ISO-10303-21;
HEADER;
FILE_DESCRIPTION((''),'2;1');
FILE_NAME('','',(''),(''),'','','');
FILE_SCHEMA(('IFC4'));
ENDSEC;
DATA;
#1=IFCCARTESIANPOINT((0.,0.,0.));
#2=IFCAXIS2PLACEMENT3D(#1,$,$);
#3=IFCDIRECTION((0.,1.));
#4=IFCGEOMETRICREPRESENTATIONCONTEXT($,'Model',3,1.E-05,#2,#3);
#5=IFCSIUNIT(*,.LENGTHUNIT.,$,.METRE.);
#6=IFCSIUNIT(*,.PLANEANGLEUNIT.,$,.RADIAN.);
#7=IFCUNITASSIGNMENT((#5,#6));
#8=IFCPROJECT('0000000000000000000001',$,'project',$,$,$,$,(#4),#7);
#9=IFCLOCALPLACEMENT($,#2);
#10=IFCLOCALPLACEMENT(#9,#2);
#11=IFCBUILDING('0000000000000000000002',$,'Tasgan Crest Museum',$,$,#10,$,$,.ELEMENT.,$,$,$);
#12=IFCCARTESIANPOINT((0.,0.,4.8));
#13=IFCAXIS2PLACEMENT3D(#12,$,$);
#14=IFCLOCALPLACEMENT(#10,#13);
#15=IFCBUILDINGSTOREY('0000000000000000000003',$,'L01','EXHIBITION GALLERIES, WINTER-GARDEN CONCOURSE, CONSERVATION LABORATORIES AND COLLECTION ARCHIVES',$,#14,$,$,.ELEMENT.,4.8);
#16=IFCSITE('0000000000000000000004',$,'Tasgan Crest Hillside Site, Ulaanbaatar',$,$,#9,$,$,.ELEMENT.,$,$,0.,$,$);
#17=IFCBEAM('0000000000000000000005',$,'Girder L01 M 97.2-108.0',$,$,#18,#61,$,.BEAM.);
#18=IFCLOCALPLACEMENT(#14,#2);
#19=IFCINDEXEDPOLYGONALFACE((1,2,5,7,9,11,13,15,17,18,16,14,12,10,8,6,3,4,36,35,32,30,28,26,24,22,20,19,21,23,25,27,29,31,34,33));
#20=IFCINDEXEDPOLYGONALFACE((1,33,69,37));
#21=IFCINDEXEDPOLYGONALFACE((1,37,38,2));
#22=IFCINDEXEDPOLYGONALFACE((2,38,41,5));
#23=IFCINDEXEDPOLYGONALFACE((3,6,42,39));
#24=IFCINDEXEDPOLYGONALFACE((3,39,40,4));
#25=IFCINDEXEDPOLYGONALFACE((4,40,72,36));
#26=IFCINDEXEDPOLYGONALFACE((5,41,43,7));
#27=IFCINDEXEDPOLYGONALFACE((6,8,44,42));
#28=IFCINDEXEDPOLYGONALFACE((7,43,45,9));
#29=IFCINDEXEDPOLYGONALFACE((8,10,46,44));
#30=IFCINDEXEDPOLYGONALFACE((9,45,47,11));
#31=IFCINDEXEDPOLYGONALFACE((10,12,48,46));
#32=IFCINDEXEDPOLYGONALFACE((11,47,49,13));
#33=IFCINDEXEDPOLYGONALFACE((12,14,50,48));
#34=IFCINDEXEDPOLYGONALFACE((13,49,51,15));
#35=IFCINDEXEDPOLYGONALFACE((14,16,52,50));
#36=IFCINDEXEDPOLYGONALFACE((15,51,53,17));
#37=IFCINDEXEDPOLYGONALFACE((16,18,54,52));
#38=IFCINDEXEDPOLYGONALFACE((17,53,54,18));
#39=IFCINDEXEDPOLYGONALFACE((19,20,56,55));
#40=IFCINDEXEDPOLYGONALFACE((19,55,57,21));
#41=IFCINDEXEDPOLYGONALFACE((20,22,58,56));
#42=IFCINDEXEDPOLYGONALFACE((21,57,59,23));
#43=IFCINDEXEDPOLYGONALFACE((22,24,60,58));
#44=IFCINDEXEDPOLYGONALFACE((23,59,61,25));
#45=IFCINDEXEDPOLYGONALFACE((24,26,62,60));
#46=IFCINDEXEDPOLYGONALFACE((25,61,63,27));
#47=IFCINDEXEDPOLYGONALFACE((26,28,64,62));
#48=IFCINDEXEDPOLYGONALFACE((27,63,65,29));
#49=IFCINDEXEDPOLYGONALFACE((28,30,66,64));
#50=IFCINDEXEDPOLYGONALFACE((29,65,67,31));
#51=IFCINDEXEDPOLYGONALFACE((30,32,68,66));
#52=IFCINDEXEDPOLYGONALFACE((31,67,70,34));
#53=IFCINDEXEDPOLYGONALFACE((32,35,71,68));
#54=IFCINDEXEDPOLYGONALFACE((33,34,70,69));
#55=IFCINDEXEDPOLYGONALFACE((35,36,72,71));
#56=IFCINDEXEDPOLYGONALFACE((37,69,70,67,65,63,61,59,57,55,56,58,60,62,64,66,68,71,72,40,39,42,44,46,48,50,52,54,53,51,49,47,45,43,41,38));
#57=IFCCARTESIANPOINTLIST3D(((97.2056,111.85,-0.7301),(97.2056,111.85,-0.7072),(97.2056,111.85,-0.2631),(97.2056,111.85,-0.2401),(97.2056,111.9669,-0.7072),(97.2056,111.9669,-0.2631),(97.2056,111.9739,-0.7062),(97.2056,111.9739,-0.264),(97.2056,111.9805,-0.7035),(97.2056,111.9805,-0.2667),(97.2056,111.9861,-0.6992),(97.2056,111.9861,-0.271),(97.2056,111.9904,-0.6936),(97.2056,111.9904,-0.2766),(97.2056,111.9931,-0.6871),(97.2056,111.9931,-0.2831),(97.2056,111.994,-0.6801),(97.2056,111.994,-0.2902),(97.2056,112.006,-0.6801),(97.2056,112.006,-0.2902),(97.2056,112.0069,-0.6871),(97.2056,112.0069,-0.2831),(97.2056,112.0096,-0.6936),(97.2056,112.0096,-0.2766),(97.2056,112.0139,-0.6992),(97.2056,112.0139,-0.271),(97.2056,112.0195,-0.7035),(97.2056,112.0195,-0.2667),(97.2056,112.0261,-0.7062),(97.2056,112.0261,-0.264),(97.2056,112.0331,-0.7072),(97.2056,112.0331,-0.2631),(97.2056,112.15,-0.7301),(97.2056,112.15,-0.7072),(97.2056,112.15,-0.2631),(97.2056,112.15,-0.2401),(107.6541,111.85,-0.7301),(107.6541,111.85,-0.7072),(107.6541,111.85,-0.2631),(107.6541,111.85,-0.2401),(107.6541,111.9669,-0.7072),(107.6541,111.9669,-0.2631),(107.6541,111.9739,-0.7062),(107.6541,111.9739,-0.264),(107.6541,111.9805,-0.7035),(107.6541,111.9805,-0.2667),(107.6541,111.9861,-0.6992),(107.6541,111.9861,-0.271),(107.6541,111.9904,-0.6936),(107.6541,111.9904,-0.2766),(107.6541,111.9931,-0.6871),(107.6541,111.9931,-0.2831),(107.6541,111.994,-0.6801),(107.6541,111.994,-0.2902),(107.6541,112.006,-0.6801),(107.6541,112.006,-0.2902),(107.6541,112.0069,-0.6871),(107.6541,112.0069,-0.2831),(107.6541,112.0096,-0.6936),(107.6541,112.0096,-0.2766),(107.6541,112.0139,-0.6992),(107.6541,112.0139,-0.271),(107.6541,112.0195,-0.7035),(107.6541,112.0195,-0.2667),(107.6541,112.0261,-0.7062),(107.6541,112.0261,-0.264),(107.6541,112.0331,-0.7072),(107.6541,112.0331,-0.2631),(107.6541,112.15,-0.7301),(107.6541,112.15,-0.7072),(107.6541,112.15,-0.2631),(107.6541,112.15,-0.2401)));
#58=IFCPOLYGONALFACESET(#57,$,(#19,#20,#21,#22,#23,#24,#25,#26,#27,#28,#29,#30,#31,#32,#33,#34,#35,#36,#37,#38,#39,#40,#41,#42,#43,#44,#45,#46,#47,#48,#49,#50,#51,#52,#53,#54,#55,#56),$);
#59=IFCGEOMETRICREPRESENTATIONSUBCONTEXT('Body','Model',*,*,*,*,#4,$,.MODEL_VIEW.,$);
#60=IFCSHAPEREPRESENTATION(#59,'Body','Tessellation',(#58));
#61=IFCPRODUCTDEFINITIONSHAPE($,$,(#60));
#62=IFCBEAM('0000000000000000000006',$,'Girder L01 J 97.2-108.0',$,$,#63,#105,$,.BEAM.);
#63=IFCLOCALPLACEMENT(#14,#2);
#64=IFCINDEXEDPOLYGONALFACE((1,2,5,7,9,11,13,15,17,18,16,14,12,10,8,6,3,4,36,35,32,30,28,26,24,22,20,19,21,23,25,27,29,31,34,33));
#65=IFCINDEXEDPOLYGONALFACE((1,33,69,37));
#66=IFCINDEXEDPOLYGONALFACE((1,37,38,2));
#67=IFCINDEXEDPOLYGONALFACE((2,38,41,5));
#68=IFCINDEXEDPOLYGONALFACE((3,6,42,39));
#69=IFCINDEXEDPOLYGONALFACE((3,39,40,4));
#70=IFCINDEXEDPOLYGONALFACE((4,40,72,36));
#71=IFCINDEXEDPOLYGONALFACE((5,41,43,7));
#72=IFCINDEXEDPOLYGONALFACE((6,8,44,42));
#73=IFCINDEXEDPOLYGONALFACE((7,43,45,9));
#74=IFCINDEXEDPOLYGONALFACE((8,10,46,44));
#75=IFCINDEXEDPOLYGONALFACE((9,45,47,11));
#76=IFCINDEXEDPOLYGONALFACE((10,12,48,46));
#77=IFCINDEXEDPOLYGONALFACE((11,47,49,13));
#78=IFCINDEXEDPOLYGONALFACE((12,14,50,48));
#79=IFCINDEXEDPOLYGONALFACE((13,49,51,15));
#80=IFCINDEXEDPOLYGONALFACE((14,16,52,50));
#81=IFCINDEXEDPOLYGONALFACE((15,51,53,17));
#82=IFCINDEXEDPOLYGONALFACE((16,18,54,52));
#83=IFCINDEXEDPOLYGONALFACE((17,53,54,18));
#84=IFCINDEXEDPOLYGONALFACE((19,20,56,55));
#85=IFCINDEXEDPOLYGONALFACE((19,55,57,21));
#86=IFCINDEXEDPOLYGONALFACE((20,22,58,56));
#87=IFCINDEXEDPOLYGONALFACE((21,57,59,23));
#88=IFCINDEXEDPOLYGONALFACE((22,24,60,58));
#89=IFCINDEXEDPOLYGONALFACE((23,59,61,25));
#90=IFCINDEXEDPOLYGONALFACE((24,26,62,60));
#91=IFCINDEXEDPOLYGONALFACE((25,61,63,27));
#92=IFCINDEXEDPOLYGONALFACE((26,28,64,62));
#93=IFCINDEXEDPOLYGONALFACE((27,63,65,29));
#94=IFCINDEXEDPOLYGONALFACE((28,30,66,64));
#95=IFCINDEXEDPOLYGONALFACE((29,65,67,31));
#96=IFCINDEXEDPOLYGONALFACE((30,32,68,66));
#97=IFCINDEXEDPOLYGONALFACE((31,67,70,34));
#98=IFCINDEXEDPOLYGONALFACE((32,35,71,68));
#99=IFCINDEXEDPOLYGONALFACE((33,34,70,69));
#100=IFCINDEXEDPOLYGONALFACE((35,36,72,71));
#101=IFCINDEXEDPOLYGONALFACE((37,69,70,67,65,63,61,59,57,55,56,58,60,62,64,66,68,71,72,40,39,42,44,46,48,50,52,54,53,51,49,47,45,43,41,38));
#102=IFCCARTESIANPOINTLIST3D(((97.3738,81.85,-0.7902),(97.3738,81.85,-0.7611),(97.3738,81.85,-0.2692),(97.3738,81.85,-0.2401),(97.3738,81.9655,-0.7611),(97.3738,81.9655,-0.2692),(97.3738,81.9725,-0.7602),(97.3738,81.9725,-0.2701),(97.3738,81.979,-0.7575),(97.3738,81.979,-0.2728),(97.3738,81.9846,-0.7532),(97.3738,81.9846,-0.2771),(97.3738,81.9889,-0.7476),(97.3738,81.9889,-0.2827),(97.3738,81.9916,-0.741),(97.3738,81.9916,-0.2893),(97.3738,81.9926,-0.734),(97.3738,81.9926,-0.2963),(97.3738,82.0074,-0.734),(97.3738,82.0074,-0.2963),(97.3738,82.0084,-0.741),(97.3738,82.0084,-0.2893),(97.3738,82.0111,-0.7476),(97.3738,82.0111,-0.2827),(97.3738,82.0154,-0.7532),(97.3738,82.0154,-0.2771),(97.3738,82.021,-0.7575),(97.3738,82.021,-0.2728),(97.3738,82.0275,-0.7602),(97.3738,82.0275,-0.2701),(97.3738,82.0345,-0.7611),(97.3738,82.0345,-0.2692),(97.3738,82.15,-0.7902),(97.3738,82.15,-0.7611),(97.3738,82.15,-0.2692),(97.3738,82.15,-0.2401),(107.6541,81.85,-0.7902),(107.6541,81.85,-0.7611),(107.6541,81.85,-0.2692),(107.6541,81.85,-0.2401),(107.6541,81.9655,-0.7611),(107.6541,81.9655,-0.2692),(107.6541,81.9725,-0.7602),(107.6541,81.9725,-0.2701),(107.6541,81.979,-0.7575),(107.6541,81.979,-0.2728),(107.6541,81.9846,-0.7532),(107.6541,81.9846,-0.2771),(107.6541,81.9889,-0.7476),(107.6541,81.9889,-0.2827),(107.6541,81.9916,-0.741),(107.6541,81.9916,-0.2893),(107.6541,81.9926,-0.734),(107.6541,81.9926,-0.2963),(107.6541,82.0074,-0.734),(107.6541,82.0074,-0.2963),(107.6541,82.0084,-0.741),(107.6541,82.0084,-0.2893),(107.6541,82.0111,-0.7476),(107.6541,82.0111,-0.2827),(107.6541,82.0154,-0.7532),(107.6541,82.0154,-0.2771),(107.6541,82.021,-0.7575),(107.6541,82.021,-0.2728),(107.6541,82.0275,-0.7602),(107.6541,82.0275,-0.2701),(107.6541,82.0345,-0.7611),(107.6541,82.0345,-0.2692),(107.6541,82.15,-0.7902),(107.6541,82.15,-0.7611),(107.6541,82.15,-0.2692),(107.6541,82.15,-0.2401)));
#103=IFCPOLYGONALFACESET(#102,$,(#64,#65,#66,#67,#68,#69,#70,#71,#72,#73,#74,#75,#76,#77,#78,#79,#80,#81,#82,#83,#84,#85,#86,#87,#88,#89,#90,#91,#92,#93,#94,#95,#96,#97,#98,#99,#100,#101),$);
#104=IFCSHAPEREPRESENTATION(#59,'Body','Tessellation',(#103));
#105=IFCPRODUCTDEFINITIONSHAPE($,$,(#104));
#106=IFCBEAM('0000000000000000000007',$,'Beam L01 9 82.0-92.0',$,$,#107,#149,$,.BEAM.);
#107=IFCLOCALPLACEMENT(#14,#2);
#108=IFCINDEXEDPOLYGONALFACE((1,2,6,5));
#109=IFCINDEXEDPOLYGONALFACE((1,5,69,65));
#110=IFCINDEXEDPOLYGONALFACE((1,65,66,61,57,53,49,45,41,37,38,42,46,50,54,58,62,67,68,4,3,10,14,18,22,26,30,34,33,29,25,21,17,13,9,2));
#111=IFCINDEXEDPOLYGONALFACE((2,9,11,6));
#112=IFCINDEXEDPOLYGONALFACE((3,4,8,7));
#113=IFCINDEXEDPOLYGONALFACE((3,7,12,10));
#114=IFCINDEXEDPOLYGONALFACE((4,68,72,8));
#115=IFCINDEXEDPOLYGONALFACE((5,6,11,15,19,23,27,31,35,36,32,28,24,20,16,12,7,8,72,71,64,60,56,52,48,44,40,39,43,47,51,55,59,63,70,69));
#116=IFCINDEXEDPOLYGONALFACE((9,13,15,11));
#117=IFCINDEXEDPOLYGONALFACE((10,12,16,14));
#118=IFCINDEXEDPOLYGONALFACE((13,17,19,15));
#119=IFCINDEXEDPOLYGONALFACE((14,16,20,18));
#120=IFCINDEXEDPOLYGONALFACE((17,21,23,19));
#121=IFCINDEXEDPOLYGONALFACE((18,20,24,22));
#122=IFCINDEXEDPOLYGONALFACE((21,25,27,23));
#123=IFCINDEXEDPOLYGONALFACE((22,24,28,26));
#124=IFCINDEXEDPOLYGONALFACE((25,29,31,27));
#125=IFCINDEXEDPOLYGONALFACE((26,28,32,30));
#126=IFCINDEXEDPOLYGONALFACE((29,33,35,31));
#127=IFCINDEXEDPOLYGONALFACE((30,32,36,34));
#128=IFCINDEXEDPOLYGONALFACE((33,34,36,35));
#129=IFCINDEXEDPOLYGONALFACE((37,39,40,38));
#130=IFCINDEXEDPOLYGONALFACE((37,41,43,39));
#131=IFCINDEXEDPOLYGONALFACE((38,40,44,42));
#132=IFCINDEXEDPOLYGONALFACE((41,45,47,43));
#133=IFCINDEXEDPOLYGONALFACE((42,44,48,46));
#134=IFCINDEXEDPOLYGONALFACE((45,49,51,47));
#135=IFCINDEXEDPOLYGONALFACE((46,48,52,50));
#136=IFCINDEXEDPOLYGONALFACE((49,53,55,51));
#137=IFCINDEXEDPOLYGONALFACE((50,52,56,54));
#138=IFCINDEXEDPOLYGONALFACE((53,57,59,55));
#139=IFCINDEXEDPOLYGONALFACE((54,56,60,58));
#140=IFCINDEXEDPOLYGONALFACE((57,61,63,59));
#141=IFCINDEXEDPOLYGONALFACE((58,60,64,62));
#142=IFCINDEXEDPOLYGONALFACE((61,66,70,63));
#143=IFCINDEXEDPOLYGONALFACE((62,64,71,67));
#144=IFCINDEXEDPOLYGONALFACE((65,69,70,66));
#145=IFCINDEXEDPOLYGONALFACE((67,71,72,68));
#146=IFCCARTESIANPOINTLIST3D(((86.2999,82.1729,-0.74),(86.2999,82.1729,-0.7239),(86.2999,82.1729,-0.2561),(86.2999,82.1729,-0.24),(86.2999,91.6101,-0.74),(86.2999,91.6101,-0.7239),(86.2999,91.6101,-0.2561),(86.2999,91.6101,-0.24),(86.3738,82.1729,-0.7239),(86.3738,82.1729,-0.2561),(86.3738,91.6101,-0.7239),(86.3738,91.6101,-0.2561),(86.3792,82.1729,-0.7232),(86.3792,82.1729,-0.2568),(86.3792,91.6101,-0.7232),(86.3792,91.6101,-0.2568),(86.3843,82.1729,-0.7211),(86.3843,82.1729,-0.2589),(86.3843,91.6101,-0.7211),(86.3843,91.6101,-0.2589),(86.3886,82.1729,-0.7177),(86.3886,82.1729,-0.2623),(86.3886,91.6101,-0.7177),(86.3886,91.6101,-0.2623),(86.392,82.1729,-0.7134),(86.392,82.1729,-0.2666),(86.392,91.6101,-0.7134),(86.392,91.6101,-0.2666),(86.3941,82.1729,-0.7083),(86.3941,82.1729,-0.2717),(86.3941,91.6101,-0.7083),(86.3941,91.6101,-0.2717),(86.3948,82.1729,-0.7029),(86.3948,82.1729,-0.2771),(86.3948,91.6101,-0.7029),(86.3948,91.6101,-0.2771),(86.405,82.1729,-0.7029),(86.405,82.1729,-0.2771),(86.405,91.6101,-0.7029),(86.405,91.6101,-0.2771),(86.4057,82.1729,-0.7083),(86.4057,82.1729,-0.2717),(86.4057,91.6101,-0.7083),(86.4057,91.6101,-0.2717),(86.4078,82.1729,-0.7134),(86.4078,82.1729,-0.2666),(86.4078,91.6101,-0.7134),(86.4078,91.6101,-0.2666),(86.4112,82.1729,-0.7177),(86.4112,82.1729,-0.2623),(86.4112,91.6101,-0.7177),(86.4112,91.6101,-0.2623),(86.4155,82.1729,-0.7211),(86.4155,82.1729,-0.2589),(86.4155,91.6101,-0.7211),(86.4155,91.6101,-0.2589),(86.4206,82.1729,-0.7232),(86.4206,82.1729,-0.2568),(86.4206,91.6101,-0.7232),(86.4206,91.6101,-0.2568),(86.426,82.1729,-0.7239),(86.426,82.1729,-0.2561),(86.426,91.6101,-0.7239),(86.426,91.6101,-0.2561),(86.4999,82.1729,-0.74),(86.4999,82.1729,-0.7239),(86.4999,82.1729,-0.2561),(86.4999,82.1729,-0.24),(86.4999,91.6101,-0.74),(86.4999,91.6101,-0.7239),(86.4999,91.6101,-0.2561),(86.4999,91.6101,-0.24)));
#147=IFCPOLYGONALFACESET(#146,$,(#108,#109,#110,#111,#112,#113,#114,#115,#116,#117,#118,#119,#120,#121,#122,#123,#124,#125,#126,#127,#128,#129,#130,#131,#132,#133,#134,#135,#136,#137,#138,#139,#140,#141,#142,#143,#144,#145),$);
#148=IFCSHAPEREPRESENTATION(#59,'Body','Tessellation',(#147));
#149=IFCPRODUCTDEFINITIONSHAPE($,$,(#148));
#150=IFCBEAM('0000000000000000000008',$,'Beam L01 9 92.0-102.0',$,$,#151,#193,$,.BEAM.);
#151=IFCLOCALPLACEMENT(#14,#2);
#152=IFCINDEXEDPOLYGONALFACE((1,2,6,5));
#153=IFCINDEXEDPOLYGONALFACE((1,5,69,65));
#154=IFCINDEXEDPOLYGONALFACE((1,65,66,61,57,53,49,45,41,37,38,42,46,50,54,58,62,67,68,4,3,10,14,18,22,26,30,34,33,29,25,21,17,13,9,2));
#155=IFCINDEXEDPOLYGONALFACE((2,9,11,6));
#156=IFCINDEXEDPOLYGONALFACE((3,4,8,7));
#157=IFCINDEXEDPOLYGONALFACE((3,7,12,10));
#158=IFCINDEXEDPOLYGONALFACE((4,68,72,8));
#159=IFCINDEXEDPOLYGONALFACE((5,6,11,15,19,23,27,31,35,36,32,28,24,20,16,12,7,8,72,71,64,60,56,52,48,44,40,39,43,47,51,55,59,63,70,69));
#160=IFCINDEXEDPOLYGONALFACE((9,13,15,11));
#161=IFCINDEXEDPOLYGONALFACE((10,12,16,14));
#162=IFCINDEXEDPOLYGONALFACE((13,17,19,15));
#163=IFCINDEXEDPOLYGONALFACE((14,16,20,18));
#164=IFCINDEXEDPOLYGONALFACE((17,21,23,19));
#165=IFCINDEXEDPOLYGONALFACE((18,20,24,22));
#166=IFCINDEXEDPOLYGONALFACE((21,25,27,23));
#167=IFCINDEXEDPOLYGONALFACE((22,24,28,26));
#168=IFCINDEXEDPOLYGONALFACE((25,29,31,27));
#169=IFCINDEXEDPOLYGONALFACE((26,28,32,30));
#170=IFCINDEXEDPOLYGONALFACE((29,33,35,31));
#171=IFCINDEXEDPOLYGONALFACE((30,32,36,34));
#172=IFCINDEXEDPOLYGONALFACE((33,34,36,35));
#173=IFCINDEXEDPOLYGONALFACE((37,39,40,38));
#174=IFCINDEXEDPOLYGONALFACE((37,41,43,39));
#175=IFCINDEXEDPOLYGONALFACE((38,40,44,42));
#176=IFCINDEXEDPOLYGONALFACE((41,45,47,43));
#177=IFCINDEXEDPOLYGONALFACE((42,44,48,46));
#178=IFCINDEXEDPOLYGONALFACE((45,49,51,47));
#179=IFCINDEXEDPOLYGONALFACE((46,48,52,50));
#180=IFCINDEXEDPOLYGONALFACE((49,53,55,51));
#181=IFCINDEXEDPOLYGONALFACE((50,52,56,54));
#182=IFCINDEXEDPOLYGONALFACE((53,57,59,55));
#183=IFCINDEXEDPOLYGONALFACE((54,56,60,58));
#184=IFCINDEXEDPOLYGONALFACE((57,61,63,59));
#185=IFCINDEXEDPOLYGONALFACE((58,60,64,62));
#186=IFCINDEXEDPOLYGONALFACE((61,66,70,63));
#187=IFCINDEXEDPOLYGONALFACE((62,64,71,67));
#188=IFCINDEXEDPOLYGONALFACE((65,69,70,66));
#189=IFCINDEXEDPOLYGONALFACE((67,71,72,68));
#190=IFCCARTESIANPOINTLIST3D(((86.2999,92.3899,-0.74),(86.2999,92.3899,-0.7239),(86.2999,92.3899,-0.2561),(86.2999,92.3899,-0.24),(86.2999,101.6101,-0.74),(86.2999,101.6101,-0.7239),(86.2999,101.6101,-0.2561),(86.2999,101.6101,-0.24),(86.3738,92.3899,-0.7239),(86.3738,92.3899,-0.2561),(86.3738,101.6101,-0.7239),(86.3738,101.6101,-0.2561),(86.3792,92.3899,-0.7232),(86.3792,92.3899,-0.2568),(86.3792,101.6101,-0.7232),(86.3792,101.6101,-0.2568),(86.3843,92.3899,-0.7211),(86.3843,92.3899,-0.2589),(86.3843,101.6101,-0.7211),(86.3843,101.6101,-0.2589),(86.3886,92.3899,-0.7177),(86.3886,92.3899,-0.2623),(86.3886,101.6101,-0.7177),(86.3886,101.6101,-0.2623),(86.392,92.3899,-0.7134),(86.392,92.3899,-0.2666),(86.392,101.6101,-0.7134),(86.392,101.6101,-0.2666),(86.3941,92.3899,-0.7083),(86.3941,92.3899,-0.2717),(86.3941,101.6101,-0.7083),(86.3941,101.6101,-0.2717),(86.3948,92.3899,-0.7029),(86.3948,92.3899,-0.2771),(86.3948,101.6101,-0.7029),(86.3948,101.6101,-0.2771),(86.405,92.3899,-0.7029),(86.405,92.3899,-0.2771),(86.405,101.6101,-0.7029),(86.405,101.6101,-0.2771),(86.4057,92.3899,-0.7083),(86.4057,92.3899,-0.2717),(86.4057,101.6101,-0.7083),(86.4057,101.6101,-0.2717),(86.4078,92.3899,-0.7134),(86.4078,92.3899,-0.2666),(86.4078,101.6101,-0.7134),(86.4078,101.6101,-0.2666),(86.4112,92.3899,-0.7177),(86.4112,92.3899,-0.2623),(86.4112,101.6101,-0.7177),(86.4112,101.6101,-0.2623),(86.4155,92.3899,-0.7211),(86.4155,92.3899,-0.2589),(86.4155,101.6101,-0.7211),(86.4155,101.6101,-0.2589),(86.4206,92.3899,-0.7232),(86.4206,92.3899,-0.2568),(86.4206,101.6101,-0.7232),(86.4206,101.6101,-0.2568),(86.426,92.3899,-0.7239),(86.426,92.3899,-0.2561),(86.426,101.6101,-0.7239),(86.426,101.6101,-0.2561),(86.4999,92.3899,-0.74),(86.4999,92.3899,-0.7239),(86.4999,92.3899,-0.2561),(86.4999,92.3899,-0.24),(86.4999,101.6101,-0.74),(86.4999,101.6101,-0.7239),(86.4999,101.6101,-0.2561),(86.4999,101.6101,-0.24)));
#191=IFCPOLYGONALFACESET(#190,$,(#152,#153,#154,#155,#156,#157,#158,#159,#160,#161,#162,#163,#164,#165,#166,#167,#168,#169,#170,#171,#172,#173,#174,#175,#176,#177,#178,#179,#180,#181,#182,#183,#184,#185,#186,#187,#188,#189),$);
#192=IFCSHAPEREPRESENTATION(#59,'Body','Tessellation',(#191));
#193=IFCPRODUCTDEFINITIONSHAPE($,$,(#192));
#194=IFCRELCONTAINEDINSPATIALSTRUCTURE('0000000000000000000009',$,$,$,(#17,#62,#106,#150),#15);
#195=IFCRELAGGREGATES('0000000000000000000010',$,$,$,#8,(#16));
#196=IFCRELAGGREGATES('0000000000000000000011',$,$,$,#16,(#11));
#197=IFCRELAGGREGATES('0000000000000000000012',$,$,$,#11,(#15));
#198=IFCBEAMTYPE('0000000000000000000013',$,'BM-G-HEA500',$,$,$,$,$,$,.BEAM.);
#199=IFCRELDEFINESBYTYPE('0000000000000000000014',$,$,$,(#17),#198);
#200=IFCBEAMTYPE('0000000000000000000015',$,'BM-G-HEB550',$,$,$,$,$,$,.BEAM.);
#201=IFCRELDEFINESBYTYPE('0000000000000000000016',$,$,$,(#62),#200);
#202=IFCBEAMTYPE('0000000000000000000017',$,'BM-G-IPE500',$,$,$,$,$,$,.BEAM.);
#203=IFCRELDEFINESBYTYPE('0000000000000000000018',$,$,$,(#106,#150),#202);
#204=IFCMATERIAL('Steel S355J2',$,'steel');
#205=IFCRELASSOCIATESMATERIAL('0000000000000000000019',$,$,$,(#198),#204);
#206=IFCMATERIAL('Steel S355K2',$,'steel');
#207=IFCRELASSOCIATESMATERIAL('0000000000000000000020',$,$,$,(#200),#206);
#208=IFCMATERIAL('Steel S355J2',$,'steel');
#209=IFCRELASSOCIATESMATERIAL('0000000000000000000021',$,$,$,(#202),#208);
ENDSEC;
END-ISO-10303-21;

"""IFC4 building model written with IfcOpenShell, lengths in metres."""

from ifc_helpers import new_model, si_unit, direction, frame, origin, origin_2d, place, context, subcontext, project, spatial, i_section, extrude, material, material_profile, profile_set, type_object, element, save


model = new_model("IFC4")

# Units and contexts
model_context = context("Model", 3, precision=1e-05, world=origin(), true_north=direction((0.0, 1.0)))
body_context = subcontext(model_context, "Body", "Model", "MODEL_VIEW")
ifc_project = project(units=[si_unit("LENGTHUNIT", "METRE"), si_unit("PLANEANGLEUNIT", "RADIAN")], contexts=[model_context])

# Site, building, storey
site_placement = place(None, origin())
site = spatial("IfcSite", under=ifc_project, at=site_placement, Name="Tasgan Crest Hillside Site, Ulaanbaatar", CompositionType="ELEMENT", RefElevation=0.0)
building_placement = place(site_placement, origin())
building = spatial("IfcBuilding", under=site, at=building_placement, Name="Tasgan Crest Museum", CompositionType="ELEMENT")
storey_placement = place(building_placement, frame((0.0, 0.0, 4.8)))
storey = spatial("IfcBuildingStorey", under=building, at=storey_placement, Name="L01", Description="EXHIBITION GALLERIES, WINTER-GARDEN CONCOURSE, CONSERVATION LABORATORIES AND COLLECTION ARCHIVES", CompositionType="ELEMENT", Elevation=4.8)

# Beams
ifc_material_1 = material(Name="Steel S355J2", Category="steel")
ifc_material_profile_1 = material_profile(ifc_material_1, i_section(OverallWidth=0.3, OverallDepth=0.49, WebThickness=0.012, FlangeThickness=0.0229, FilletRadius=0.0271, at=origin_2d()), Name="HEA 500")
ifc_profile_set_1 = profile_set([ifc_material_profile_1], Name="Steel S355J2")
beam_type_1 = type_object("IfcBeamType", Name="BM-G-HEA500", PredefinedType="BEAM", material=ifc_profile_set_1)
beam_1_placement = place(storey_placement, frame((97.2056, 112.0, -0.4851), z_axis=(1.0, 0.0, 0.0), x_axis=(0.0, 1.0, 0.0)))
element("IfcBeam", 1, at=beam_1_placement, inside=storey, type_object=beam_type_1, Name="Girder L01 M 97.2-108.0", PredefinedType="BEAM", context=body_context, shape_type="SweptSolid", body=[
    extrude(i_section(OverallWidth=0.3, OverallDepth=0.49, WebThickness=0.012, FlangeThickness=0.0229, FilletRadius=0.0271, at=origin_2d()), origin(), (0.0, 0.0, 1.0), 10.4485),
])
ifc_material_2 = material(Name="Steel S355K2", Category="steel")
ifc_material_profile_2 = material_profile(ifc_material_2, i_section(OverallWidth=0.3, OverallDepth=0.55, WebThickness=0.0149, FlangeThickness=0.0291, FilletRadius=0.0271, at=origin_2d()), Name="HEB 550")
ifc_profile_set_2 = profile_set([ifc_material_profile_2], Name="Steel S355K2")
beam_type_2 = type_object("IfcBeamType", Name="BM-G-HEB550", PredefinedType="BEAM", material=ifc_profile_set_2)
beam_2_placement = place(storey_placement, frame((97.3738, 82.0, -0.5151), z_axis=(1.0, 0.0, 0.0), x_axis=(0.0, 1.0, 0.0)))
element("IfcBeam", 2, at=beam_2_placement, inside=storey, type_object=beam_type_2, Name="Girder L01 J 97.2-108.0", PredefinedType="BEAM", context=body_context, shape_type="SweptSolid", body=[
    extrude(i_section(OverallWidth=0.3, OverallDepth=0.55, WebThickness=0.0149, FlangeThickness=0.0291, FilletRadius=0.0271, at=origin_2d()), origin(), (0.0, 0.0, 1.0), 10.2803),
])
ifc_material_3 = material(Name="Steel S355J2", Category="steel")
ifc_material_profile_3 = material_profile(ifc_material_3, i_section(OverallWidth=0.2, OverallDepth=0.5, WebThickness=0.0103, FlangeThickness=0.0161, FilletRadius=0.021, at=origin_2d()), Name="IPE 500")
ifc_profile_set_3 = profile_set([ifc_material_profile_3], Name="Steel S355J2")
beam_type_3 = type_object("IfcBeamType", Name="BM-G-IPE500", PredefinedType="BEAM", material=ifc_profile_set_3)
beam_3_placement = place(storey_placement, frame((86.3999, 82.1729, -0.49), z_axis=(0.0, 1.0, 0.0), x_axis=(-1.0, 0.0, 0.0)))
element("IfcBeam", 3, at=beam_3_placement, inside=storey, type_object=beam_type_3, Name="Beam L01 9 82.0-92.0", PredefinedType="BEAM", context=body_context, shape_type="SweptSolid", body=[
    extrude(i_section(OverallWidth=0.2, OverallDepth=0.5, WebThickness=0.0103, FlangeThickness=0.0161, FilletRadius=0.021, at=origin_2d()), origin(), (0.0, 0.0, 1.0), 9.4373),
])
for number, where, z_axis, x_axis, name in (
    (4, (86.3999, 92.3899, -0.49), (0.0, 1.0, 0.0), (-1.0, 0.0, 0.0), "Beam L01 9 92.0-102.0"),
):
    element("IfcBeam", number, at=place(storey_placement, frame(where, z_axis=z_axis, x_axis=x_axis)), inside=storey, type_object=beam_type_3, Name=name, PredefinedType="BEAM", context=body_context, shape_type="SweptSolid", body=[
        extrude(i_section(OverallWidth=0.2, OverallDepth=0.5, WebThickness=0.0103, FlangeThickness=0.0161, FilletRadius=0.021, at=origin_2d()), origin(), (0.0, 0.0, 1.0), 9.2202),
    ])

save(model, "model.ifc")
